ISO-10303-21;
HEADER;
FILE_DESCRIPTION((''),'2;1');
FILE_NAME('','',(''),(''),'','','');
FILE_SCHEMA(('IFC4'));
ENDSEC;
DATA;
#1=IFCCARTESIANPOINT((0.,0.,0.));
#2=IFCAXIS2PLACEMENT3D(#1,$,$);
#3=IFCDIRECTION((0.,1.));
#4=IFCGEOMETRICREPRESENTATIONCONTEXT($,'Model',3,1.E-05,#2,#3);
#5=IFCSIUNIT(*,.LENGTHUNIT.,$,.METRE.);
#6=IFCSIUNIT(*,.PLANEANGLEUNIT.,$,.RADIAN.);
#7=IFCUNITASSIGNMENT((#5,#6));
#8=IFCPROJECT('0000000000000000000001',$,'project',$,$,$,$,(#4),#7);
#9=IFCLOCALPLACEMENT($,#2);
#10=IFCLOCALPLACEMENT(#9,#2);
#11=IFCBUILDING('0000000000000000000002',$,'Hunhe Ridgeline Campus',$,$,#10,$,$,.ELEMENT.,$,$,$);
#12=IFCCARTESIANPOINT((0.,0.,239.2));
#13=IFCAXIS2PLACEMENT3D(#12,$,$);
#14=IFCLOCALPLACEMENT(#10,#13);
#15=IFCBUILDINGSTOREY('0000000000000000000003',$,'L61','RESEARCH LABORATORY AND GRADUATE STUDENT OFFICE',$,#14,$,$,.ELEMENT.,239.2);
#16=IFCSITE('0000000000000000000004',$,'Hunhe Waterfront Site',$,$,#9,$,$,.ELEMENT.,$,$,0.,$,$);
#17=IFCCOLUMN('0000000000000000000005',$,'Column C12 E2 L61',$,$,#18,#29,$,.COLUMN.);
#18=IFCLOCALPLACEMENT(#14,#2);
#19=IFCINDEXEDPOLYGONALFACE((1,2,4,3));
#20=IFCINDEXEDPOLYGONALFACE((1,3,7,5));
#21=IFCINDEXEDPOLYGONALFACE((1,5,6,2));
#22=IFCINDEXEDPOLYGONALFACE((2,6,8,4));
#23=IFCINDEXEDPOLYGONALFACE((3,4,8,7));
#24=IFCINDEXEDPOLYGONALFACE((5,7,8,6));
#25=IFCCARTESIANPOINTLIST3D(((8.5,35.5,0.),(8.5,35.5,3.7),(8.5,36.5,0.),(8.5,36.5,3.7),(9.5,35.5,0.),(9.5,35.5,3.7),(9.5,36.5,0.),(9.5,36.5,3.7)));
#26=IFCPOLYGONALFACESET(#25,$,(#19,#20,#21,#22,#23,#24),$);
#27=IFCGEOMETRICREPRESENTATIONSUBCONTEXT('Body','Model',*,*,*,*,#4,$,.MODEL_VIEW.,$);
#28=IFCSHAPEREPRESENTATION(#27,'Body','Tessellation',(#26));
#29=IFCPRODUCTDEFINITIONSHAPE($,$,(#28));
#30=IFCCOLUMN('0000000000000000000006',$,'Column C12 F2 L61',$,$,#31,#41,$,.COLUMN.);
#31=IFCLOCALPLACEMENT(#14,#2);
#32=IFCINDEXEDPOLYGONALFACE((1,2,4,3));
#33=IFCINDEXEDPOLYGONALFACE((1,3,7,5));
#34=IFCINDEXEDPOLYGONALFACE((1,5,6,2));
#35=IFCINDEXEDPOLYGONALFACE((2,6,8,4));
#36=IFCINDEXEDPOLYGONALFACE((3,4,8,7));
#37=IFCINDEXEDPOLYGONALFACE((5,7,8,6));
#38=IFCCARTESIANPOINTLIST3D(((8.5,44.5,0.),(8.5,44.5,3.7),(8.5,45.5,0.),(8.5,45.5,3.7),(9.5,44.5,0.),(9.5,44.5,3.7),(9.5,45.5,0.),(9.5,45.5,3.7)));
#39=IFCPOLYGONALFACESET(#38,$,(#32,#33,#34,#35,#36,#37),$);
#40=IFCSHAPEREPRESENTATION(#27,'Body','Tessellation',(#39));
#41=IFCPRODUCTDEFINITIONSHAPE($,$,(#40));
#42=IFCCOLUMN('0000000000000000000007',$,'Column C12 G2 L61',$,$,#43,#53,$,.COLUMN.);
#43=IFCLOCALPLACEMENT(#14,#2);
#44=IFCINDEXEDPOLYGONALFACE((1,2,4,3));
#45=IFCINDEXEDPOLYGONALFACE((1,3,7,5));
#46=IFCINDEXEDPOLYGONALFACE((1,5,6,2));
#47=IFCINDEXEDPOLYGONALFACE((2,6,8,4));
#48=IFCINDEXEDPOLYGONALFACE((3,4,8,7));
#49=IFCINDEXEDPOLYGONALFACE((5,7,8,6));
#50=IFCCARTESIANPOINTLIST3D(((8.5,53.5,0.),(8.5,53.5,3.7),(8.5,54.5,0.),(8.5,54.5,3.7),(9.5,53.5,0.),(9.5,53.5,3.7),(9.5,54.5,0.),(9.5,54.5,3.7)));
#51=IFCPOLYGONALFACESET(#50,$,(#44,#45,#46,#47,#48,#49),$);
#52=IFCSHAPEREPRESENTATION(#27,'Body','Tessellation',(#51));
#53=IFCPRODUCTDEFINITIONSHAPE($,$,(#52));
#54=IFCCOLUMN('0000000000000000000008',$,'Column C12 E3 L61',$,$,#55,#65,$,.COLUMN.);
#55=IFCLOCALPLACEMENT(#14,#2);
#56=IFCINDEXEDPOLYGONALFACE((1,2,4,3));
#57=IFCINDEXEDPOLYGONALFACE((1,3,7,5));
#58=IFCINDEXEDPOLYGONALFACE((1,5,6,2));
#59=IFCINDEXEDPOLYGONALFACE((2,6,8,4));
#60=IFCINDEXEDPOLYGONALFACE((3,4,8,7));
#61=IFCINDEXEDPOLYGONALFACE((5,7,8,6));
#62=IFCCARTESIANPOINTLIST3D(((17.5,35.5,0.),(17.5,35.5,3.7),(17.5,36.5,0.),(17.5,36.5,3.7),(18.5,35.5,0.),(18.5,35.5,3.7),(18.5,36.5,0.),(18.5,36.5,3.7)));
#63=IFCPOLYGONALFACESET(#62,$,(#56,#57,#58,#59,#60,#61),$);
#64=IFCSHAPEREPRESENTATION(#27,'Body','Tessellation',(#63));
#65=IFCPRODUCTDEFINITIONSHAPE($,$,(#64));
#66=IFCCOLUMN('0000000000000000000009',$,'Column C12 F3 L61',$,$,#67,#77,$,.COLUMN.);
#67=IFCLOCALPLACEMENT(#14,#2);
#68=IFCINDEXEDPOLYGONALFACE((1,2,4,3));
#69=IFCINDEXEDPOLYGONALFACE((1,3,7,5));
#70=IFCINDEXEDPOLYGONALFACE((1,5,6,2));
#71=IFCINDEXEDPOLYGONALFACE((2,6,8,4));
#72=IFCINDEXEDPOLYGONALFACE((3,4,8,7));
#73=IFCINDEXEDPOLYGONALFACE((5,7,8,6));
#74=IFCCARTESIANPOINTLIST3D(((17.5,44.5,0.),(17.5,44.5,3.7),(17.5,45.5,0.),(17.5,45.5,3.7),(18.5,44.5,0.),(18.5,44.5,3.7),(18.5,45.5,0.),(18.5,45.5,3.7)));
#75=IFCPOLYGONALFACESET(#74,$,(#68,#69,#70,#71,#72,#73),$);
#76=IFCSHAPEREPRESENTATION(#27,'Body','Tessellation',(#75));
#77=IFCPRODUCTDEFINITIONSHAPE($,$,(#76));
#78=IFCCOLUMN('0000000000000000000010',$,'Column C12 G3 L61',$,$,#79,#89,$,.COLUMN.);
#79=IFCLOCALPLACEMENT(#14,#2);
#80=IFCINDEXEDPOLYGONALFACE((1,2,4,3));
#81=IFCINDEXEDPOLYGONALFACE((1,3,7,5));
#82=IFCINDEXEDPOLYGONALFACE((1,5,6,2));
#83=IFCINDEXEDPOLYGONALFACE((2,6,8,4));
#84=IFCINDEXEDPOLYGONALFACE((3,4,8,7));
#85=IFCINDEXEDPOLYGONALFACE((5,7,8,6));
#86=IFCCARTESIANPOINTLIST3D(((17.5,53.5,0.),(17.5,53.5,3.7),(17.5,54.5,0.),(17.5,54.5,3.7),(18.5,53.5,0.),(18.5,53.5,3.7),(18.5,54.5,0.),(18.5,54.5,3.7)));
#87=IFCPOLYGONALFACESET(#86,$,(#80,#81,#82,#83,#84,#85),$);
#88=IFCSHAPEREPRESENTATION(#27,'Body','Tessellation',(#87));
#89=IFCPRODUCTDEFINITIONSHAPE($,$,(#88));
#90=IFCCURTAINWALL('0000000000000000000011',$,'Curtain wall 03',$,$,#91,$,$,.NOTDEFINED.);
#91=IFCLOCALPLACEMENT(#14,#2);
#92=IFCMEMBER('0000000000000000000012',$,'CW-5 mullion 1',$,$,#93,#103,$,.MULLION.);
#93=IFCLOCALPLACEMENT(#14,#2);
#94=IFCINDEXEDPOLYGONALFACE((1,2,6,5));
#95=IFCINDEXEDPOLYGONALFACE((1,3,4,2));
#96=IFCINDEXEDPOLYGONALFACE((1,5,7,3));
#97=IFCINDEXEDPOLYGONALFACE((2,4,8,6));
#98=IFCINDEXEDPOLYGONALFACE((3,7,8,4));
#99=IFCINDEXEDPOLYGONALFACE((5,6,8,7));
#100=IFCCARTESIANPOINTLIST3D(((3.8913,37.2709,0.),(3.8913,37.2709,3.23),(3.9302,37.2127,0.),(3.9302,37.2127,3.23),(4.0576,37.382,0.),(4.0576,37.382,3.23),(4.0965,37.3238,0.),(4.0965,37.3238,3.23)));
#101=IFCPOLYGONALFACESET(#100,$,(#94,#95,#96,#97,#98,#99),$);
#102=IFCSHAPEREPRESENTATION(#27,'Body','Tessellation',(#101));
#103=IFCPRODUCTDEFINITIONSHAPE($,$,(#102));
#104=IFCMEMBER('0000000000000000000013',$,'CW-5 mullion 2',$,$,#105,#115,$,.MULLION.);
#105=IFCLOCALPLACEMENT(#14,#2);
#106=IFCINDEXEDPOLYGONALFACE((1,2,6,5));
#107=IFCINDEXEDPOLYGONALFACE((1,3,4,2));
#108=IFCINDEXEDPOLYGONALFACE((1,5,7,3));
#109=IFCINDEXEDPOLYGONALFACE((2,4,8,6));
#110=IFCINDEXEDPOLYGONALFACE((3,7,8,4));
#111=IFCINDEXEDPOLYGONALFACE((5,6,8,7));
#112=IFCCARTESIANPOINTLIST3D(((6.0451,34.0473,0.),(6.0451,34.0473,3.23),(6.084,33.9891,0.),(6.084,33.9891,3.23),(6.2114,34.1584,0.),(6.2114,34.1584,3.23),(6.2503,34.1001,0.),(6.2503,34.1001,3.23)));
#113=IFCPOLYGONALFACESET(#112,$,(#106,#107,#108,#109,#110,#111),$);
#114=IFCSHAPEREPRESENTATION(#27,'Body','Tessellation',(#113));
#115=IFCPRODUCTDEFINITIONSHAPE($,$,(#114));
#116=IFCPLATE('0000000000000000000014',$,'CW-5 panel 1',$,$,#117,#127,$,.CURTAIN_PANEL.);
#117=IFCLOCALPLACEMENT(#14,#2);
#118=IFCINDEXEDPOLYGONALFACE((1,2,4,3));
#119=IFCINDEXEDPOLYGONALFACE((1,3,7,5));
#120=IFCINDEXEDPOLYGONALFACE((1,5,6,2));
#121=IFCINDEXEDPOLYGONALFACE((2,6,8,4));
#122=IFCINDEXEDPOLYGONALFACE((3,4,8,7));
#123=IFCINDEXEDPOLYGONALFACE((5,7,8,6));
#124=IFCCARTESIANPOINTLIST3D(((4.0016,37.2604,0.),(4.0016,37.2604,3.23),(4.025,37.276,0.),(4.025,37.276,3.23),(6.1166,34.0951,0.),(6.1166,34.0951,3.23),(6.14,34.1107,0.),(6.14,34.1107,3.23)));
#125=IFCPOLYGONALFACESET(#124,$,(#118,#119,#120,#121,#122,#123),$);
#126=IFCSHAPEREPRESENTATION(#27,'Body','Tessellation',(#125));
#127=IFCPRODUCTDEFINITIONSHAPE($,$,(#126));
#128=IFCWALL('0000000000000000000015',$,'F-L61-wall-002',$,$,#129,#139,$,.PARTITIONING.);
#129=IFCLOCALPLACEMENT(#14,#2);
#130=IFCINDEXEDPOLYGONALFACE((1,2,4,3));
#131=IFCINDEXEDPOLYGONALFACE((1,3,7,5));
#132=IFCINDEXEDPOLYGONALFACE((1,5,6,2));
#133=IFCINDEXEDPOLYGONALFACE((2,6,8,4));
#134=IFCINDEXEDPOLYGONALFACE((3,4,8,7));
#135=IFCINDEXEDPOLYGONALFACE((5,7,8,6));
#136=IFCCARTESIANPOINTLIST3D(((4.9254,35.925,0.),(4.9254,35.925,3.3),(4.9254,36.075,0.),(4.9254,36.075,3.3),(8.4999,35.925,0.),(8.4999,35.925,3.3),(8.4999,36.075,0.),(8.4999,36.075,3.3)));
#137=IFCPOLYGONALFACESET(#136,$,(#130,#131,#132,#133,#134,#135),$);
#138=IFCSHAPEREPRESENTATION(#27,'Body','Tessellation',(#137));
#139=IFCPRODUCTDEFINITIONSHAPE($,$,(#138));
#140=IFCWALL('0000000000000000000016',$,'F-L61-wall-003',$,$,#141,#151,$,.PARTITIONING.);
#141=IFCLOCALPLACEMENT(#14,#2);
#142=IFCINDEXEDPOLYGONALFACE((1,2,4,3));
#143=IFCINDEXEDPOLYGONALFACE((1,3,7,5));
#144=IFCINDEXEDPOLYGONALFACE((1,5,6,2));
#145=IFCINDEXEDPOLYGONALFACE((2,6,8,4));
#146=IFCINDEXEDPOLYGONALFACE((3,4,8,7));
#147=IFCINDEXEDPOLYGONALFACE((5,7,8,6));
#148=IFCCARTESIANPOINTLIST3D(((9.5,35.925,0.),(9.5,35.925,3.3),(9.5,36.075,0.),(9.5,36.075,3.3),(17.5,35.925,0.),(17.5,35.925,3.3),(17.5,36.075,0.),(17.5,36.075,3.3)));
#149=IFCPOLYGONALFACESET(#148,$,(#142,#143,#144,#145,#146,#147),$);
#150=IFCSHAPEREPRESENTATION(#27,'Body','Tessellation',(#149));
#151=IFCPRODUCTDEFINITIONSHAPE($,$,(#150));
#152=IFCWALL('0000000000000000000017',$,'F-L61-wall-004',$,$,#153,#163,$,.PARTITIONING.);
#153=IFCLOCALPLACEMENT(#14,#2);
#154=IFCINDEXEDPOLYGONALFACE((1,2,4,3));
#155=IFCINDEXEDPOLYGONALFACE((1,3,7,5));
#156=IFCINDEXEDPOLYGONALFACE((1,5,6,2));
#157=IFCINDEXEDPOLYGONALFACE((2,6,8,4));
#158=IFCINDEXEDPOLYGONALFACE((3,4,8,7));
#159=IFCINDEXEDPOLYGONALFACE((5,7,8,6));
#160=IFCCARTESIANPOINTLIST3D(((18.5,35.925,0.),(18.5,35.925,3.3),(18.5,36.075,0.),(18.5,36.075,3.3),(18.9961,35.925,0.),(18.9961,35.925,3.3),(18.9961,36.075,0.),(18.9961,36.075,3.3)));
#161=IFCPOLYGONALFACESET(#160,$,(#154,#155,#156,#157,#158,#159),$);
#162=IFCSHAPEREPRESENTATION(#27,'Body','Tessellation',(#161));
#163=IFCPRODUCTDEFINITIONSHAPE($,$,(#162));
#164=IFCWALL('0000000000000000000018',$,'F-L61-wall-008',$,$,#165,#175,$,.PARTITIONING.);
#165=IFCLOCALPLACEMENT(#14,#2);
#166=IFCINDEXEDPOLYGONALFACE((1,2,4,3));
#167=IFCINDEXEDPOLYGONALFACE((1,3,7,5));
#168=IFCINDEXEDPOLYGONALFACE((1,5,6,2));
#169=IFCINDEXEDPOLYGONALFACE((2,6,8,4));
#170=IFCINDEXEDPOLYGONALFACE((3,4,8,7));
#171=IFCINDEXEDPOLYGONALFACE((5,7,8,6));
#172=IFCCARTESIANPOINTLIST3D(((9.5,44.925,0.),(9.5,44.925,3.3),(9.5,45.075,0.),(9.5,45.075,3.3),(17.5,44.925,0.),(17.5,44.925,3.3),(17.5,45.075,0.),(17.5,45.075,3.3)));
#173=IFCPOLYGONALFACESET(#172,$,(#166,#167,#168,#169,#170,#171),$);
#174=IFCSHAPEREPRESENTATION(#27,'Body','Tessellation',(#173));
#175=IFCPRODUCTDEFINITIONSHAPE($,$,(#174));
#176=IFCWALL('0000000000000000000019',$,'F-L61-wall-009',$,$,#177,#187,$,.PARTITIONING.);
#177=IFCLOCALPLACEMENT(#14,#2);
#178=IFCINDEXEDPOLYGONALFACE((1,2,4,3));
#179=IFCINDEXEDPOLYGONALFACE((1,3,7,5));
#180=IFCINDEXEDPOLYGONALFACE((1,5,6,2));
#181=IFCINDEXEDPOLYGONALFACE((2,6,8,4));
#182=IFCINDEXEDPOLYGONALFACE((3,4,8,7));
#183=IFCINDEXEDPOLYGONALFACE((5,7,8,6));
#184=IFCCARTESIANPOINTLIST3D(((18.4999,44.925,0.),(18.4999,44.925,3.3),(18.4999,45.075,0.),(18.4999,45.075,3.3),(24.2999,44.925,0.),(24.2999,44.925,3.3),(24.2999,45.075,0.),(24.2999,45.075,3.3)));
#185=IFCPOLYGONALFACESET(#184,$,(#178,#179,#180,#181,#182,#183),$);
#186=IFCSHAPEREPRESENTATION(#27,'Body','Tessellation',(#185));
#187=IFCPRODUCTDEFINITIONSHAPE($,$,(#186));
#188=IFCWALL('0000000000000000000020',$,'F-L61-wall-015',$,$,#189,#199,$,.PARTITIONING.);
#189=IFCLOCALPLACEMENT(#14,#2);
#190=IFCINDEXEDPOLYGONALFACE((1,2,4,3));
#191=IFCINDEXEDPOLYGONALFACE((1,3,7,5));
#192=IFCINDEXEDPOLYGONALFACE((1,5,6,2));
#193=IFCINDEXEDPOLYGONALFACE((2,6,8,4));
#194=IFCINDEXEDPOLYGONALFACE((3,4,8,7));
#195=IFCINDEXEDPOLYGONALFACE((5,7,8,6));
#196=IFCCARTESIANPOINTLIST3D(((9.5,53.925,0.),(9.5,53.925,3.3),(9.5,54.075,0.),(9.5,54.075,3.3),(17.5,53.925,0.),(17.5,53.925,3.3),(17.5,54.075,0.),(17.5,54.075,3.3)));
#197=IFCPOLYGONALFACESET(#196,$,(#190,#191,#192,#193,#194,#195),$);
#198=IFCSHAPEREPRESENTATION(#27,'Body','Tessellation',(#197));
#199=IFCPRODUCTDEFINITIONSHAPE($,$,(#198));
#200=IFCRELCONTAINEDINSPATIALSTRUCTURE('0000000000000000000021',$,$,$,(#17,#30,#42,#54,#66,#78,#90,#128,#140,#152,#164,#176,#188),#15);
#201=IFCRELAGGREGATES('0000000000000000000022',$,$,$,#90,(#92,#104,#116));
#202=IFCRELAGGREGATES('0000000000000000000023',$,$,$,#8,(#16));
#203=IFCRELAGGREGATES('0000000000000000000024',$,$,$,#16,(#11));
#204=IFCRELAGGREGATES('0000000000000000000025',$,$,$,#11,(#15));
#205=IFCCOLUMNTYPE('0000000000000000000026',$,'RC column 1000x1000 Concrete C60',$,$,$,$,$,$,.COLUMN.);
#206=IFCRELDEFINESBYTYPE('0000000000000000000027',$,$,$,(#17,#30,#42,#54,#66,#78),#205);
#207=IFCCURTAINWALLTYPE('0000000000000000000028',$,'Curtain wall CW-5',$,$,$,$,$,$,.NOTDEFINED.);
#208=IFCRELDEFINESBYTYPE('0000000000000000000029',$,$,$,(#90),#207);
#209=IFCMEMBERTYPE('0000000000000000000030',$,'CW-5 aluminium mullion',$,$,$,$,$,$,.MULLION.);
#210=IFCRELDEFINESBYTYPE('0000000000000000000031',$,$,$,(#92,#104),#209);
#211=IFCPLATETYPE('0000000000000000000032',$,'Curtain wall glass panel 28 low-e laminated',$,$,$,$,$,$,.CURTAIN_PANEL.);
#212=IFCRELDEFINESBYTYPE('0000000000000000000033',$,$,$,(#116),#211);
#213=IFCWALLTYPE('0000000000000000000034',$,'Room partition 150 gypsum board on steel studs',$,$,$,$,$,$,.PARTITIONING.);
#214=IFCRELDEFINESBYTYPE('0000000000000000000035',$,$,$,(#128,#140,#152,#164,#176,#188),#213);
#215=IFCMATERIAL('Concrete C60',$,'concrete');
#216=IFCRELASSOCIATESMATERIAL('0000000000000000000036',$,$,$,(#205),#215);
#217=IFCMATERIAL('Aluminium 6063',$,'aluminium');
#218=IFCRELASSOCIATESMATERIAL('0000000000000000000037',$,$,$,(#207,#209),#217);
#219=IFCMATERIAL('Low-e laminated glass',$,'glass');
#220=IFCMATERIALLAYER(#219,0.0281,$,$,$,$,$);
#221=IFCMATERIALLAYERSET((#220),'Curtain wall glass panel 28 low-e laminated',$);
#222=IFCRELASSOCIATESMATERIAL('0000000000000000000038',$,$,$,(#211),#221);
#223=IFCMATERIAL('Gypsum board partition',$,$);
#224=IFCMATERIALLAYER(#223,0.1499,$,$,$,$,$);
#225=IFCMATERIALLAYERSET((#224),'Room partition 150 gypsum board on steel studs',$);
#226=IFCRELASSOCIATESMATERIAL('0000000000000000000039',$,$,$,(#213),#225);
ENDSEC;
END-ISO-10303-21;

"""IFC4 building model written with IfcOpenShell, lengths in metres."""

from ifc_helpers import new_model, si_unit, direction, frame, frame_2d, origin, origin_2d, place, context, subcontext, project, spatial, rectangle, extrude, material, layer, layer_set, material_profile, profile_set, type_object, element, aggregate, save


model = new_model("IFC4")

# Units and contexts
model_context = context("Model", 3, precision=1e-05, world=origin(), true_north=direction((0.0, 1.0)))
body_context = subcontext(model_context, "Body", "Model", "MODEL_VIEW")
ifc_project = project(units=[si_unit("LENGTHUNIT", "METRE"), si_unit("PLANEANGLEUNIT", "RADIAN")], contexts=[model_context])

# Site, building, storey
site_placement = place(None, origin())
site = spatial("IfcSite", under=ifc_project, at=site_placement, Name="Hunhe Waterfront Site", CompositionType="ELEMENT", RefElevation=0.0)
building_placement = place(site_placement, origin())
building = spatial("IfcBuilding", under=site, at=building_placement, Name="Hunhe Ridgeline Campus", CompositionType="ELEMENT")
storey_placement = place(building_placement, frame((0.0, 0.0, 239.2)))
storey = spatial("IfcBuildingStorey", under=building, at=storey_placement, Name="L61", Description="RESEARCH LABORATORY AND GRADUATE STUDENT OFFICE", CompositionType="ELEMENT", Elevation=239.2)

# Columns
ifc_material_1 = material(Name="Concrete C60", Category="concrete")
ifc_material_profile_1 = material_profile(ifc_material_1, rectangle(XDim=1.0, YDim=1.0, at=origin_2d()))
ifc_profile_set_1 = profile_set([ifc_material_profile_1], Name="Concrete C60")
column_type = type_object("IfcColumnType", Name="RC column 1000x1000 Concrete C60", PredefinedType="COLUMN", material=ifc_profile_set_1)
for number, where, z_axis, x_axis, name in (
    (1, (9.0, 36.0, 0.0), (0.0, 0.0, 1.0), (1.0, 0.0, 0.0), "Column C12 E2 L61"),
    (2, (9.0, 45.0, 0.0), (0.0, 0.0, 1.0), (1.0, 0.0, 0.0), "Column C12 F2 L61"),
    (3, (9.0, 54.0, 0.0), (0.0, 0.0, 1.0), (1.0, 0.0, 0.0), "Column C12 G2 L61"),
    (4, (18.0, 36.0, 0.0), (0.0, 0.0, 1.0), (1.0, 0.0, 0.0), "Column C12 E3 L61"),
    (5, (18.0, 45.0, 0.0), (0.0, 0.0, 1.0), (1.0, 0.0, 0.0), "Column C12 F3 L61"),
    (6, (18.0, 54.0, 0.0), (0.0, 0.0, 1.0), (1.0, 0.0, 0.0), "Column C12 G3 L61"),
):
    element("IfcColumn", number, at=place(storey_placement, frame(where, z_axis=z_axis, x_axis=x_axis)), inside=storey, type_object=column_type, Name=name, PredefinedType="COLUMN", context=body_context, shape_type="SweptSolid", body=[
        extrude(rectangle(XDim=1.0, YDim=1.0, at=origin_2d()), origin(), (0.0, 0.0, 1.0), 3.7),
    ])

# Curtain wall, members, plate
ifc_material_2 = material(Name="Aluminium 6063", Category="aluminium")
curtain_wall_type = type_object("IfcCurtainWallType", Name="Curtain wall CW-5", PredefinedType="NOTDEFINED", material=ifc_material_2)
curtain_wall_placement = place(storey_placement, origin())
curtain_wall = element("IfcCurtainWall", 7, at=curtain_wall_placement, inside=storey, type_object=curtain_wall_type, Name="Curtain wall 03", PredefinedType="NOTDEFINED")
ifc_material_profile_2 = material_profile(ifc_material_2, rectangle(XDim=0.2, YDim=0.0701, at=origin_2d()))
ifc_profile_set_2 = profile_set([ifc_material_profile_2], Name="Aluminium 6063")
member_type = type_object("IfcMemberType", Name="CW-5 aluminium mullion", PredefinedType="MULLION", material=ifc_profile_set_2)
member_1_placement = place(storey_placement, frame((3.9939, 37.2974, 0.0), z_axis=(0.0, 0.0, 1.0), x_axis=(0.83147, 0.55557, 0.0)))
member_1 = element("IfcMember", 8, at=member_1_placement, type_object=member_type, Name="CW-5 mullion 1", PredefinedType="MULLION", context=body_context, shape_type="SweptSolid", body=[
    extrude(rectangle(XDim=0.2, YDim=0.0701, at=origin_2d()), origin(), (0.0, 0.0, 1.0), 3.23),
])
member_2_placement = place(storey_placement, frame((6.1477, 34.0737, 0.0), z_axis=(0.0, 0.0, 1.0), x_axis=(0.83147, 0.55557, 0.0)))
member_2 = element("IfcMember", 9, at=member_2_placement, type_object=member_type, Name="CW-5 mullion 2", PredefinedType="MULLION", context=body_context, shape_type="SweptSolid", body=[
    extrude(rectangle(XDim=0.2, YDim=0.0701, at=origin_2d()), origin(), (0.0, 0.0, 1.0), 3.23),
])
ifc_material_3 = material(Name="Low-e laminated glass", Category="glass")
ifc_layer_1 = layer(ifc_material_3, 0.0281)
ifc_layer_set_1 = layer_set([ifc_layer_1], Name="Curtain wall glass panel 28 low-e laminated")
plate_type = type_object("IfcPlateType", Name="Curtain wall glass panel 28 low-e laminated", PredefinedType="CURTAIN_PANEL", material=ifc_layer_set_1)
plate_placement = place(storey_placement, frame((5.0708, 35.6855, 0.0), z_axis=(0.0, 0.0, 1.0), x_axis=(0.55557, -0.83147, 0.0)))
plate = element("IfcPlate", 10, at=plate_placement, type_object=plate_type, Name="CW-5 panel 1", PredefinedType="CURTAIN_PANEL", context=body_context, shape_type="SweptSolid", body=[
    extrude(rectangle(XDim=3.8069, YDim=0.0281, at=origin_2d()), origin(), (0.0, 0.0, 1.0), 3.23),
])
aggregate(curtain_wall, [member_1, member_2, plate])

# Shared definitions
ifc_material_4 = material(Name="Gypsum board partition")

# Walls
ifc_layer_2 = layer(ifc_material_4, 0.1499)
ifc_layer_set_2 = layer_set([ifc_layer_2], Name="Room partition 150 gypsum board on steel studs")
wall_type_1 = type_object("IfcWallType", Name="Room partition 150 gypsum board on steel studs", PredefinedType="PARTITIONING", material=ifc_layer_set_2)
wall_1_placement = place(storey_placement, frame((4.9255, 36.0, 0.0), z_axis=(0.0, 0.0, 1.0), x_axis=(1.0, 0.0, 0.0)))
element("IfcWall", 11, at=wall_1_placement, inside=storey, type_object=wall_type_1, Name="F-L61-wall-002", PredefinedType="PARTITIONING", context=body_context, shape_type="SweptSolid", body=[
    extrude(rectangle(XDim=3.5745, YDim=0.1499, at=frame_2d((1.7871, 0.0))), origin(), (0.0, 0.0, 1.0), 3.3),
])
wall_2_placement = place(storey_placement, frame((9.5, 36.0, 0.0), z_axis=(0.0, 0.0, 1.0), x_axis=(1.0, 0.0, 0.0)))
element("IfcWall", 12, at=wall_2_placement, inside=storey, type_object=wall_type_1, Name="F-L61-wall-003", PredefinedType="PARTITIONING", context=body_context, shape_type="SweptSolid", body=[
    extrude(rectangle(XDim=8.0, YDim=0.1499, at=frame_2d((4.0, 0.0))), origin(), (0.0, 0.0, 1.0), 3.3),
])
wall_3_placement = place(storey_placement, frame((18.5, 36.0, 0.0), z_axis=(0.0, 0.0, 1.0), x_axis=(1.0, 0.0, 0.0)))
element("IfcWall", 13, at=wall_3_placement, inside=storey, type_object=wall_type_1, Name="F-L61-wall-004", PredefinedType="PARTITIONING", context=body_context, shape_type="SweptSolid", body=[
    extrude(rectangle(XDim=0.4961, YDim=0.1499, at=frame_2d((0.248, 0.0))), origin(), (0.0, 0.0, 1.0), 3.3),
])
wall_4_placement = place(storey_placement, frame((9.5, 45.0, 0.0), z_axis=(0.0, 0.0, 1.0), x_axis=(1.0, 0.0, 0.0)))
element("IfcWall", 14, at=wall_4_placement, inside=storey, type_object=wall_type_1, Name="F-L61-wall-008", PredefinedType="PARTITIONING", context=body_context, shape_type="SweptSolid", body=[
    extrude(rectangle(XDim=8.0, YDim=0.1499, at=frame_2d((4.0, 0.0))), origin(), (0.0, 0.0, 1.0), 3.3),
])
wall_5_placement = place(storey_placement, frame((18.5, 45.0, 0.0), z_axis=(0.0, 0.0, 1.0), x_axis=(1.0, 0.0, 0.0)))
element("IfcWall", 15, at=wall_5_placement, inside=storey, type_object=wall_type_1, Name="F-L61-wall-009", PredefinedType="PARTITIONING", context=body_context, shape_type="SweptSolid", body=[
    extrude(rectangle(XDim=5.8, YDim=0.1499, at=frame_2d((2.8999, 0.0))), origin(), (0.0, 0.0, 1.0), 3.3),
])
wall_6_placement = place(storey_placement, frame((9.5, 54.0, 0.0), z_axis=(0.0, 0.0, 1.0), x_axis=(1.0, 0.0, 0.0)))
element("IfcWall", 16, at=wall_6_placement, inside=storey, type_object=wall_type_1, Name="F-L61-wall-015", PredefinedType="PARTITIONING", context=body_context, shape_type="SweptSolid", body=[
    extrude(rectangle(XDim=8.0, YDim=0.1499, at=frame_2d((4.0, 0.0))), origin(), (0.0, 0.0, 1.0), 3.3),
])

save(model, "model.ifc")
